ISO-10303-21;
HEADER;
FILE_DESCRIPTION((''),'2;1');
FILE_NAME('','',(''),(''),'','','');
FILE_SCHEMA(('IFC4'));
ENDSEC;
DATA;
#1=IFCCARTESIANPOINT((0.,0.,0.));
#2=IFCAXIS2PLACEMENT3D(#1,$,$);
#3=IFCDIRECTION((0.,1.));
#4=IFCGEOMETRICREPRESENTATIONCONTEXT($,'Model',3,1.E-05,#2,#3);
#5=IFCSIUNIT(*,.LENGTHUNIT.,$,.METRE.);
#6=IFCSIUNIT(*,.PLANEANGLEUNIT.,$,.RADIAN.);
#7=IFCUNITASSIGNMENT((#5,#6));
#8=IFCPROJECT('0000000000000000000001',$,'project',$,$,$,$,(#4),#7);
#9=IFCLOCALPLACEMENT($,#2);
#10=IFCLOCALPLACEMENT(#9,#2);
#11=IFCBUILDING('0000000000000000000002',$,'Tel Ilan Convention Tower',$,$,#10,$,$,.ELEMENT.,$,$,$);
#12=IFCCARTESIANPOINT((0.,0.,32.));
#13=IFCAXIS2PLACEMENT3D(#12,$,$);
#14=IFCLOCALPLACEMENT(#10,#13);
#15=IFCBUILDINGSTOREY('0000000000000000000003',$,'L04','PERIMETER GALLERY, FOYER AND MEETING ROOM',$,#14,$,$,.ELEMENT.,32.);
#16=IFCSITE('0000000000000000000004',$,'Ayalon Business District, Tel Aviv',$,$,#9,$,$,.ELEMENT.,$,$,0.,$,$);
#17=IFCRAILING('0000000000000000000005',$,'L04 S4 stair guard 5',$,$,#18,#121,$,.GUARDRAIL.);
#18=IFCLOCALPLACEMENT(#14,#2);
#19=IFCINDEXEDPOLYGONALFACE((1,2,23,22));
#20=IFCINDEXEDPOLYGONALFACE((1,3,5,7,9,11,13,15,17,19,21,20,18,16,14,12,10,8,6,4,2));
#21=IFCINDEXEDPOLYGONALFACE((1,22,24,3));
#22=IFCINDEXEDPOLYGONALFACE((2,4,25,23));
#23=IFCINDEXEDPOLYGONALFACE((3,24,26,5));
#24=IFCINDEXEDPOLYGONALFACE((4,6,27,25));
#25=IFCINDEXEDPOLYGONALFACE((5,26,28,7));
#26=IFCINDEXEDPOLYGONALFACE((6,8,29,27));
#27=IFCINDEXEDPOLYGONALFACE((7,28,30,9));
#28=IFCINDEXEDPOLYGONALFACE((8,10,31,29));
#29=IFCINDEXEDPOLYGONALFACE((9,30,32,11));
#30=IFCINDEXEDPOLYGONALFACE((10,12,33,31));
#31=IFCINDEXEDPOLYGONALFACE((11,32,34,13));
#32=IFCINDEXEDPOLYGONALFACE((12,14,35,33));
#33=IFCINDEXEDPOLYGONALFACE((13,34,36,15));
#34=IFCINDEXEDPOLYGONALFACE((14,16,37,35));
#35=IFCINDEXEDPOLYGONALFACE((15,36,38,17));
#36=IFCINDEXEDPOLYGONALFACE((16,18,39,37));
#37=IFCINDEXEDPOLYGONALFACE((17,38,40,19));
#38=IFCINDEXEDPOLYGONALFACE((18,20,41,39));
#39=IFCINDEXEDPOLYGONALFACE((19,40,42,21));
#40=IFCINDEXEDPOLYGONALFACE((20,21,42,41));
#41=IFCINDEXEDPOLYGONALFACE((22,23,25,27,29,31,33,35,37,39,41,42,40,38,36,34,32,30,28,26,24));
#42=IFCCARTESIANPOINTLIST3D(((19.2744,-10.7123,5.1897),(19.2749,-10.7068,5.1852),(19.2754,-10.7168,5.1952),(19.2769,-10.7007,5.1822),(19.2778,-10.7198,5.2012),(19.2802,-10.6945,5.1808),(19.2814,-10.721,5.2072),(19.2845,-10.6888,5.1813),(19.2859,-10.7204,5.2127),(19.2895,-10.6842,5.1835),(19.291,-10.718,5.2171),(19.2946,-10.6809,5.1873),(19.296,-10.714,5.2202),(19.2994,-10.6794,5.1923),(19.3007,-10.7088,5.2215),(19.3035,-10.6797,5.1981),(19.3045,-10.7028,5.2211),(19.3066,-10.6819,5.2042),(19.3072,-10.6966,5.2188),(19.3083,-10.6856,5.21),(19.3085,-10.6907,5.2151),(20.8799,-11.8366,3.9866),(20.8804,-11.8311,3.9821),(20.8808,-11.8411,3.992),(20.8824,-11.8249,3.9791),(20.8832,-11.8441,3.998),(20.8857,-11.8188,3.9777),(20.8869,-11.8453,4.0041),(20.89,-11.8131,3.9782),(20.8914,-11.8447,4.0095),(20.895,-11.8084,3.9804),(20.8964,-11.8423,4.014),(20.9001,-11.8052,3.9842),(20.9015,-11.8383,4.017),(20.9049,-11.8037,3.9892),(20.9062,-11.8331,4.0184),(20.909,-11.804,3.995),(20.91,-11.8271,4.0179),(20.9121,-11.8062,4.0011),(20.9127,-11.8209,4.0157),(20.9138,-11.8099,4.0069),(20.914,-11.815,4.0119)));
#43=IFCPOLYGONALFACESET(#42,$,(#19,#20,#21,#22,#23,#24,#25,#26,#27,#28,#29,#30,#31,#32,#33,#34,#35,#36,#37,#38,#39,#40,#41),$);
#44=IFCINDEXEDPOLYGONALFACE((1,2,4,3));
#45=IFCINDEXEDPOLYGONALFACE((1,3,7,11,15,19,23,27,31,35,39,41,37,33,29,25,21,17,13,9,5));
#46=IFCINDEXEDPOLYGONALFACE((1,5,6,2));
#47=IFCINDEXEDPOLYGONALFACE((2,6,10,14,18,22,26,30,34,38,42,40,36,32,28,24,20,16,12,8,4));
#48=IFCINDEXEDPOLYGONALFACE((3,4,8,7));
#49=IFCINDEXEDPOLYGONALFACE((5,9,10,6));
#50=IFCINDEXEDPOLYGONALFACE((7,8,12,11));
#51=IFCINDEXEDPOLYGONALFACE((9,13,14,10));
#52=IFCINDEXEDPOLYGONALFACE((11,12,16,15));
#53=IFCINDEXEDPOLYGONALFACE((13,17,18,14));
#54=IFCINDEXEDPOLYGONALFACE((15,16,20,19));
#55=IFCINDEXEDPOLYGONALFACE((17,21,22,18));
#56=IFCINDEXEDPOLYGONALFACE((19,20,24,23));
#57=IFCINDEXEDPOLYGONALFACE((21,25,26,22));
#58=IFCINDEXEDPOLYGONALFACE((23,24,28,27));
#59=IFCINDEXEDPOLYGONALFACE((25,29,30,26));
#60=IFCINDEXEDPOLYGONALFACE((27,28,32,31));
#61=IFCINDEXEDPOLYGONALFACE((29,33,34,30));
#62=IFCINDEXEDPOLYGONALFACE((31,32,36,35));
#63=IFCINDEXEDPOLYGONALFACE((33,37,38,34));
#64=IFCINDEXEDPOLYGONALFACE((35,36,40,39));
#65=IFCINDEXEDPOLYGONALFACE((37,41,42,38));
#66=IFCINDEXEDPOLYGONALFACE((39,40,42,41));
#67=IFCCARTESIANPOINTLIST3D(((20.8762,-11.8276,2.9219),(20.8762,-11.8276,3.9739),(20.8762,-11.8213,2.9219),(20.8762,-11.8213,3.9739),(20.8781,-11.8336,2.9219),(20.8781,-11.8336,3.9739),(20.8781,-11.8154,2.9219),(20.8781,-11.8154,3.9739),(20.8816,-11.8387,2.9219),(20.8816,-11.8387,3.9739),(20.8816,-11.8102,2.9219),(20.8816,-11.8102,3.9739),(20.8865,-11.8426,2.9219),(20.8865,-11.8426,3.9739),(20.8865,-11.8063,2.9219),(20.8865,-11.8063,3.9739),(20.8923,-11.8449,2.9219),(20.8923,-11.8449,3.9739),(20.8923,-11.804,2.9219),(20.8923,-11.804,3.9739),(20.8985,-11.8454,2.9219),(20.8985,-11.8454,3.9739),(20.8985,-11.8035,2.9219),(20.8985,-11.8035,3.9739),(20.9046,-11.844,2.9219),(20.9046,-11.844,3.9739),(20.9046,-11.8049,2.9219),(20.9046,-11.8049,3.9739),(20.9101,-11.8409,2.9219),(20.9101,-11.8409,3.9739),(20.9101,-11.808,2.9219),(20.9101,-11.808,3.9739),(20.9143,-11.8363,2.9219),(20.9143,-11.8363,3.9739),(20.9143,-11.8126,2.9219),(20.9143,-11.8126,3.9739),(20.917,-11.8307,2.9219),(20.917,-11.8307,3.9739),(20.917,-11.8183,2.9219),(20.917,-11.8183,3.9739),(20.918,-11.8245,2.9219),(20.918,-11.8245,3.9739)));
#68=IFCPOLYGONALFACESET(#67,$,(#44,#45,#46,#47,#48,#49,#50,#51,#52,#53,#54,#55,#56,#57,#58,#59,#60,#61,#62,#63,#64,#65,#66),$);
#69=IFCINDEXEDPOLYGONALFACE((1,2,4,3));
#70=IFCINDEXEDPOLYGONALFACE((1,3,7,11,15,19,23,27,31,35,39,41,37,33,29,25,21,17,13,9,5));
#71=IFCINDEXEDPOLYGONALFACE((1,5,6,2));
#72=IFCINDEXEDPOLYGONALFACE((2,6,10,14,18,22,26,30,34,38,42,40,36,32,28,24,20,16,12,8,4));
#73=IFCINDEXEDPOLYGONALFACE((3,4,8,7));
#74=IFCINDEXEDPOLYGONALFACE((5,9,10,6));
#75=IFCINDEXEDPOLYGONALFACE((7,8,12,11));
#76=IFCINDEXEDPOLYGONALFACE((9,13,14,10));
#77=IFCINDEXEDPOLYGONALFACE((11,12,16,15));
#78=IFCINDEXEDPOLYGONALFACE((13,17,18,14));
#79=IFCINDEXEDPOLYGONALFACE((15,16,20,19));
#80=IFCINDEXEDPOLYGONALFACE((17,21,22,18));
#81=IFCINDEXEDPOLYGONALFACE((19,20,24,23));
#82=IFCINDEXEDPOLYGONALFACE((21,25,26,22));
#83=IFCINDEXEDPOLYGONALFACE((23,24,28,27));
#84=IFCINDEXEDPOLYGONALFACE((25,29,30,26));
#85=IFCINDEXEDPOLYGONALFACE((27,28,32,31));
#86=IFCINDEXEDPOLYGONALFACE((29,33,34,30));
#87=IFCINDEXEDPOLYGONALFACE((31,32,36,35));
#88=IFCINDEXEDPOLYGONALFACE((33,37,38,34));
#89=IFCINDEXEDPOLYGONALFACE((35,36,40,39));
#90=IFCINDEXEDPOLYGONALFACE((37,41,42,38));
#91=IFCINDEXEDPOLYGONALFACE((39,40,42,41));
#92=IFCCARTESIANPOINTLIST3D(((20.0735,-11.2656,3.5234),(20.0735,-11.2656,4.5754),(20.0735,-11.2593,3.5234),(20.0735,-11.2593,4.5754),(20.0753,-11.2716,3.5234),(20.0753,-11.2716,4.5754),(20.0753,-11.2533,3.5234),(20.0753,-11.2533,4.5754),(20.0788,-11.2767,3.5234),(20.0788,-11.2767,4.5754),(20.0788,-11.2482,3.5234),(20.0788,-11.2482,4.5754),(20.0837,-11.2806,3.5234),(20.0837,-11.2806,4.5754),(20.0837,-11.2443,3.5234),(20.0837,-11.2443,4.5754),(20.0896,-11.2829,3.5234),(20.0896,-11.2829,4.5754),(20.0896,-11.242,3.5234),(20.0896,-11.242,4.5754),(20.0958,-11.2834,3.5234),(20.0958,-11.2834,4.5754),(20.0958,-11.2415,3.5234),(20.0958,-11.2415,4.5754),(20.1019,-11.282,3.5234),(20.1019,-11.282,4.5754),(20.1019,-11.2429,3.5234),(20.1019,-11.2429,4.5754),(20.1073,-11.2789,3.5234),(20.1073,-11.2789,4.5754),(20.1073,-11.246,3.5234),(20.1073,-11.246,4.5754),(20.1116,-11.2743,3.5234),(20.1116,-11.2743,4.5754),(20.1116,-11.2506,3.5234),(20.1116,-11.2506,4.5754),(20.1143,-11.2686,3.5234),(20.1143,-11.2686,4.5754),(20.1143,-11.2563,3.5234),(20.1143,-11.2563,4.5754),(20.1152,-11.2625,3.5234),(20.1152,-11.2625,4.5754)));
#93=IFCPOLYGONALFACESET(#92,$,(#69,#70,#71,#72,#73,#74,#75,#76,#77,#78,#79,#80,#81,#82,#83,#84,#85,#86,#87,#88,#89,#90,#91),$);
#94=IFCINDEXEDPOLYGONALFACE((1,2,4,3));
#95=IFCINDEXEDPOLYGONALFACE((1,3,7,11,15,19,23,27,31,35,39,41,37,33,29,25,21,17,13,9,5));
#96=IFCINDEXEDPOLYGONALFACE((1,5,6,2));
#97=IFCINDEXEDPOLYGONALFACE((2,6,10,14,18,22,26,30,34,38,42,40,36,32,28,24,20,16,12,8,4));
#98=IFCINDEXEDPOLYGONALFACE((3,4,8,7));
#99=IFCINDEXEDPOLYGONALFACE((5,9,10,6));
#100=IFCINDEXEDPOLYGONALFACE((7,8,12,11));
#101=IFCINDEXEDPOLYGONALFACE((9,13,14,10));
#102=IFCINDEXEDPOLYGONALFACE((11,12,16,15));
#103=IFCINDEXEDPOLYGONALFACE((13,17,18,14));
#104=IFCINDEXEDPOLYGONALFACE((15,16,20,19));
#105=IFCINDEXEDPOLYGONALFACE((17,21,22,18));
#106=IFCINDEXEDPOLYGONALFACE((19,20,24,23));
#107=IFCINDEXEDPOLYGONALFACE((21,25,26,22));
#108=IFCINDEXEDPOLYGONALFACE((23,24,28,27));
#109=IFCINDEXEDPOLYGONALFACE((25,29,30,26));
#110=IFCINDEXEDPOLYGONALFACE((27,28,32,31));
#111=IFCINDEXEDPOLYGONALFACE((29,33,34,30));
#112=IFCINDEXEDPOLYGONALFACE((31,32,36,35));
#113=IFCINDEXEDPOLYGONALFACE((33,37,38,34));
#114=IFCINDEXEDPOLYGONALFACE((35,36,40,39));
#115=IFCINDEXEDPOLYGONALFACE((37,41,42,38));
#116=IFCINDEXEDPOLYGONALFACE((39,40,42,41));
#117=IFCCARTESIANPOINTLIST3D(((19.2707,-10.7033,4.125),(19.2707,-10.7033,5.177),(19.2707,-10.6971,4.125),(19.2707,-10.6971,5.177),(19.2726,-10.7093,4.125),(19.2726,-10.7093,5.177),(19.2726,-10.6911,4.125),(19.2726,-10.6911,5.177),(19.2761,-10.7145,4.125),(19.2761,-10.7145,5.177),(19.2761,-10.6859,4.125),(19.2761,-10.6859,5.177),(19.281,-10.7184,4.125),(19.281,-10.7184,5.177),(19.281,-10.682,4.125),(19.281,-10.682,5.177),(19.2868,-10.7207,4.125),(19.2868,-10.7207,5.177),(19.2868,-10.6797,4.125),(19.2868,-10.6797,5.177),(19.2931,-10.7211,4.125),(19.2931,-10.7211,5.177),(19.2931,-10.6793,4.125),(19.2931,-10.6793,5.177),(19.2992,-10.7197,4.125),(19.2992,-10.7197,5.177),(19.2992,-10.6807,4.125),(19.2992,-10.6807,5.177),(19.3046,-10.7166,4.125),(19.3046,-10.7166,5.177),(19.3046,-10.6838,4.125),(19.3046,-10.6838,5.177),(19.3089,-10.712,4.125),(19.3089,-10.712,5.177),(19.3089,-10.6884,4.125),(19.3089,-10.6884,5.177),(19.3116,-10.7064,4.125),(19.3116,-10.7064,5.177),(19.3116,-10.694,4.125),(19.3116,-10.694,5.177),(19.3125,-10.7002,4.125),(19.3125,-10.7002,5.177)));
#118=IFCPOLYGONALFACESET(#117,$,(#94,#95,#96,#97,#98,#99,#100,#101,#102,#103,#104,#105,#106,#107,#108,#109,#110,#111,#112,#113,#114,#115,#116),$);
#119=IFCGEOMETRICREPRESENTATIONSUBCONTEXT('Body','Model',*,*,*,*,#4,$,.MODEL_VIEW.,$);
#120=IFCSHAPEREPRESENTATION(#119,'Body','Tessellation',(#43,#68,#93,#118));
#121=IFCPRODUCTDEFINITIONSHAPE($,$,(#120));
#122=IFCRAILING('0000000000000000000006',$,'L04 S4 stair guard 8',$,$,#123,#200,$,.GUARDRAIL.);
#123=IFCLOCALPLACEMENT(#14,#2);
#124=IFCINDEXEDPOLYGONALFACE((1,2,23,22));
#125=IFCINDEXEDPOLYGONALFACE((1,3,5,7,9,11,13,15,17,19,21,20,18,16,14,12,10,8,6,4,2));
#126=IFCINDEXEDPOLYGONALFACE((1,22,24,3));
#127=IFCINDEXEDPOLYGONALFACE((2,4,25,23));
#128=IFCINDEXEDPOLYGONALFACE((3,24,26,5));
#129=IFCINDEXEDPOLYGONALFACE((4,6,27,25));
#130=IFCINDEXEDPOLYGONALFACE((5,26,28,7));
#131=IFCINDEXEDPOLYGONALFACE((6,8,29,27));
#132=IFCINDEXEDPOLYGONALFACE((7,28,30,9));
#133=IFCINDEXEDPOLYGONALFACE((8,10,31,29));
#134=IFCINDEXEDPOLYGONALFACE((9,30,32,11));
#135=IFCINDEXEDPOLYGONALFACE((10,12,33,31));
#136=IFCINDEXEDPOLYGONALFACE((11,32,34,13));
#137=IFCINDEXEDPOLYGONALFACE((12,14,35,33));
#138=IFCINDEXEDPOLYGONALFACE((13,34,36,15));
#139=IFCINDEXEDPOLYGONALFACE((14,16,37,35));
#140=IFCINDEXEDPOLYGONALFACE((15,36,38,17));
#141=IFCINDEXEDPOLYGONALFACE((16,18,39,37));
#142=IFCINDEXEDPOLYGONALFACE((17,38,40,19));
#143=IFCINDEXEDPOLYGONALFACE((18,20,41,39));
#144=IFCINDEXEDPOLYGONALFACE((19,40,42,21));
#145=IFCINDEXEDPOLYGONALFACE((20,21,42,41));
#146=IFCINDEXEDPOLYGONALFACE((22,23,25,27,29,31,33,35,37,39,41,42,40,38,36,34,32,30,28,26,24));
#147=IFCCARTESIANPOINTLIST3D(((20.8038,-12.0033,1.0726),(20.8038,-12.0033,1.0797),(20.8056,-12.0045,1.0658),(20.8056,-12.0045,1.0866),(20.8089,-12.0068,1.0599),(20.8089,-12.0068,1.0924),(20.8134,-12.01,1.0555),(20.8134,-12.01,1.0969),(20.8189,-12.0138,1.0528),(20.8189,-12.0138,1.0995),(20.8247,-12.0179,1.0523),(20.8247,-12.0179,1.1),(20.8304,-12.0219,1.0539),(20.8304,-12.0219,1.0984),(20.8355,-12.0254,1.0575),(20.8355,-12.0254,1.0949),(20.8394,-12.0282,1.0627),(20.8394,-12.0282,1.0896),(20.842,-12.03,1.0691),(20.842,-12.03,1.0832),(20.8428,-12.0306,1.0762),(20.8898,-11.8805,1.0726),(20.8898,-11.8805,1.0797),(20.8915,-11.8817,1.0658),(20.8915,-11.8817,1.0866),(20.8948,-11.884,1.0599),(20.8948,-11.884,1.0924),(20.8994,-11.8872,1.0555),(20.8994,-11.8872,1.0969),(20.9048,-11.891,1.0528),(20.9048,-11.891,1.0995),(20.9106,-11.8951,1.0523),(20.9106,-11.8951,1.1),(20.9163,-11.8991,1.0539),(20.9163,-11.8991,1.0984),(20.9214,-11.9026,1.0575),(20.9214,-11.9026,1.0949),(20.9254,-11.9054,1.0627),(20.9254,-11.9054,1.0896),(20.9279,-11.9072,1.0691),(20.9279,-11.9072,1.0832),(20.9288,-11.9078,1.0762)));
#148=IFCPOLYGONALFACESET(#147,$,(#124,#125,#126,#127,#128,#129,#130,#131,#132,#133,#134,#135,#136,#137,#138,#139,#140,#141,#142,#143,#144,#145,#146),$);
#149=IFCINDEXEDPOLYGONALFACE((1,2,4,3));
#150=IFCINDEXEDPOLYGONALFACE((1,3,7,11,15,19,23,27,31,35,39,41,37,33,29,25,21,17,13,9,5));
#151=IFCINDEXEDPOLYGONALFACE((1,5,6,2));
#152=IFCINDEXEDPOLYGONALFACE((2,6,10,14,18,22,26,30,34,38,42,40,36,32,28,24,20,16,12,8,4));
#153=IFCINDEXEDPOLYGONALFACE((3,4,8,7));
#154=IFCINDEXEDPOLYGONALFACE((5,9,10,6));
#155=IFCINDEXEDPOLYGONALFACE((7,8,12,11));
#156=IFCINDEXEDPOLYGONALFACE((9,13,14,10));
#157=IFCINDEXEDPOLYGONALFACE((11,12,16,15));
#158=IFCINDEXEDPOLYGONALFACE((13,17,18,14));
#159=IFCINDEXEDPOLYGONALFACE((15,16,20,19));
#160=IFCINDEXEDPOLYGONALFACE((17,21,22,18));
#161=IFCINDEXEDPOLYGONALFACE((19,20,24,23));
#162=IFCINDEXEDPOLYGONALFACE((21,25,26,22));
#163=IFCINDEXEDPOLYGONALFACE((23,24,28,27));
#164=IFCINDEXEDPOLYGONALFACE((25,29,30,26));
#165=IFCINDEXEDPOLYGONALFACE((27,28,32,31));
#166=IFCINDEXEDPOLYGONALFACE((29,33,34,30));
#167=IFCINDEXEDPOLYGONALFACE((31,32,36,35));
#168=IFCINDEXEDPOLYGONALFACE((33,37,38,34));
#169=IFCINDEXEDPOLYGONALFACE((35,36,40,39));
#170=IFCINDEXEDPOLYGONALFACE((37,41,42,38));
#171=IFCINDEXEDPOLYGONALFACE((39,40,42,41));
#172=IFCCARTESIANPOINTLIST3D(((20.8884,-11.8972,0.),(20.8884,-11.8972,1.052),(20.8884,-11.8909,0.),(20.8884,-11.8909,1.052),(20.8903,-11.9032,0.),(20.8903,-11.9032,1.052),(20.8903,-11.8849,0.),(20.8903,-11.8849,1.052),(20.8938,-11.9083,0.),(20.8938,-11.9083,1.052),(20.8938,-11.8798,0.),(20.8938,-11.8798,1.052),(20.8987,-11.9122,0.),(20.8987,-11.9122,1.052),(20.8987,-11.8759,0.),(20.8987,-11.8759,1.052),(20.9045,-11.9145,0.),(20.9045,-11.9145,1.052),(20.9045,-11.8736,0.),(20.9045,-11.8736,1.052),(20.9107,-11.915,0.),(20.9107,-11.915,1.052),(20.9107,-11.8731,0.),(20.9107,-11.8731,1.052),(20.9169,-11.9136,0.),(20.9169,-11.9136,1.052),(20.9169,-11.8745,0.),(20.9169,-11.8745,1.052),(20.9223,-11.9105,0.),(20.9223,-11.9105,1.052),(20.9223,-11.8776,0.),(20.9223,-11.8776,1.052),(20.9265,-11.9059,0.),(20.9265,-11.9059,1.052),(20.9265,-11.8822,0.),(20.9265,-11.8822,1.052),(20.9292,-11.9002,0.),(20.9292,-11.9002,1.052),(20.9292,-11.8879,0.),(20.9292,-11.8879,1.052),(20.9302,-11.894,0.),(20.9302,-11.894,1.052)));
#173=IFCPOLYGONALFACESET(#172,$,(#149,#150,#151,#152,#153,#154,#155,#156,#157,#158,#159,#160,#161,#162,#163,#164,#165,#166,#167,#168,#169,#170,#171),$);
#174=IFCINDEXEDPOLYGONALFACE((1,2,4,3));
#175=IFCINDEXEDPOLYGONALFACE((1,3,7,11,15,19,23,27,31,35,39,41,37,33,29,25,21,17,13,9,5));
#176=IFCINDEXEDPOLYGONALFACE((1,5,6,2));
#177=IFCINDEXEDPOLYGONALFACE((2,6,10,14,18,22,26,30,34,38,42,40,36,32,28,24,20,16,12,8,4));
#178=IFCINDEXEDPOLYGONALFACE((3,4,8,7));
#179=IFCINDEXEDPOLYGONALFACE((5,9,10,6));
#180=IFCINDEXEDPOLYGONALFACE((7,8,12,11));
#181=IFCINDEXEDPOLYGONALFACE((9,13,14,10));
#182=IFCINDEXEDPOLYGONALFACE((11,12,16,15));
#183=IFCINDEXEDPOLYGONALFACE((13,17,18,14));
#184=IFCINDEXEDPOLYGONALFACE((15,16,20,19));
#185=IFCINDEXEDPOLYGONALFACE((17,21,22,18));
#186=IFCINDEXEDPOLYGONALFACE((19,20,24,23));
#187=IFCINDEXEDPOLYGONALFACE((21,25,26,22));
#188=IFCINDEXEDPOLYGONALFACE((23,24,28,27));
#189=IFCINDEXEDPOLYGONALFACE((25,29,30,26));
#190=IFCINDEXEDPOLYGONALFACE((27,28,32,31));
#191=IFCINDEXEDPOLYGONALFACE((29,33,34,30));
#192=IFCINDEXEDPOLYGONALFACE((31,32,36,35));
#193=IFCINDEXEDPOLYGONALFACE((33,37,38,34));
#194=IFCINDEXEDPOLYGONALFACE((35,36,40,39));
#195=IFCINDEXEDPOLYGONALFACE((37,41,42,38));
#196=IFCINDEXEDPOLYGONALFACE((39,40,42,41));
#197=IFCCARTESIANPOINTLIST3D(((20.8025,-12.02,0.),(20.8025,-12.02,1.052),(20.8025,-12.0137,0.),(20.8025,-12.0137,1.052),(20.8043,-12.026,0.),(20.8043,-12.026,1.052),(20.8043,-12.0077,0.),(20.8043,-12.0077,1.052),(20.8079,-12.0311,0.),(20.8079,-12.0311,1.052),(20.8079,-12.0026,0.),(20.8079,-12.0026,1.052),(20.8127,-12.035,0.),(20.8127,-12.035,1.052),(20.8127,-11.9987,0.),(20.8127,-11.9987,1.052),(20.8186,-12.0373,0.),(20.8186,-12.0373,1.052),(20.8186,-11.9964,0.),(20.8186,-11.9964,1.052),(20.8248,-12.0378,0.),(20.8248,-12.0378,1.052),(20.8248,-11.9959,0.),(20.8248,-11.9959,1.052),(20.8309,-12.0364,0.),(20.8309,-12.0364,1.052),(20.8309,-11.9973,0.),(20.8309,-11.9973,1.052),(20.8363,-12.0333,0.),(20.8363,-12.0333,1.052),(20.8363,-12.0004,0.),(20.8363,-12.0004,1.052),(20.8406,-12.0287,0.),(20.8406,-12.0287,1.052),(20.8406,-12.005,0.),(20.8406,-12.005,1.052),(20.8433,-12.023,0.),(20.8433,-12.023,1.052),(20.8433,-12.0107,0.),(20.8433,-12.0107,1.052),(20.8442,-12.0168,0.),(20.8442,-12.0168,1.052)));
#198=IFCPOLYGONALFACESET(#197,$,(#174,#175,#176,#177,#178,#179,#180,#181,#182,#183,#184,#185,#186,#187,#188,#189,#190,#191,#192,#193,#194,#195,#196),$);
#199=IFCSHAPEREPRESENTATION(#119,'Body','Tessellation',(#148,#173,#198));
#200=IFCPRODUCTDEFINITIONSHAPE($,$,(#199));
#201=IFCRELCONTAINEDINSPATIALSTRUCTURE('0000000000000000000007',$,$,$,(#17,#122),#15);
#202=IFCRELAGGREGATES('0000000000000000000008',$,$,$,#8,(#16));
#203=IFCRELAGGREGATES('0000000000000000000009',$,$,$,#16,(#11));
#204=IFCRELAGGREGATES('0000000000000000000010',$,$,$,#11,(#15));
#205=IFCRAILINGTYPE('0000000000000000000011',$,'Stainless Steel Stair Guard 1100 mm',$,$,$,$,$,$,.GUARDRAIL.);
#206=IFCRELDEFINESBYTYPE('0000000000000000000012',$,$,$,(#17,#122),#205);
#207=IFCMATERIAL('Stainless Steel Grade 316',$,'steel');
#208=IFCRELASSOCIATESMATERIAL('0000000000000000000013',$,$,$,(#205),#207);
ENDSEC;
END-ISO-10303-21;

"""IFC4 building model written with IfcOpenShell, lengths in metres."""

from ifc_helpers import new_model, si_unit, direction, frame, origin, origin_2d, place, context, subcontext, project, spatial, circle, extrude, material, type_object, element, save


model = new_model("IFC4")

# Units and contexts
model_context = context("Model", 3, precision=1e-05, world=origin(), true_north=direction((0.0, 1.0)))
body_context = subcontext(model_context, "Body", "Model", "MODEL_VIEW")
ifc_project = project(units=[si_unit("LENGTHUNIT", "METRE"), si_unit("PLANEANGLEUNIT", "RADIAN")], contexts=[model_context])

# Site, building, storey
site_placement = place(None, origin())
site = spatial("IfcSite", under=ifc_project, at=site_placement, Name="Ayalon Business District, Tel Aviv", CompositionType="ELEMENT", RefElevation=0.0)
building_placement = place(site_placement, origin())
building = spatial("IfcBuilding", under=site, at=building_placement, Name="Tel Ilan Convention Tower", CompositionType="ELEMENT")
storey_placement = place(building_placement, frame((0.0, 0.0, 32.0)))
storey = spatial("IfcBuildingStorey", under=building, at=storey_placement, Name="L04", Description="PERIMETER GALLERY, FOYER AND MEETING ROOM", CompositionType="ELEMENT", Elevation=32.0)

# Railings
ifc_material_1 = material(Name="Stainless Steel Grade 316", Category="steel")
railing_type_1 = type_object("IfcRailingType", Name="Stainless Steel Stair Guard 1100 mm", PredefinedType="GUARDRAIL", material=ifc_material_1)
railing_1_placement = place(storey_placement, frame((20.897, -11.8245, 2.9219)))
element("IfcRailing", 1, at=railing_1_placement, inside=storey, type_object=railing_type_1, Name="L04 S4 stair guard 5", PredefinedType="GUARDRAIL", context=body_context, shape_type="SweptSolid", body=[
    extrude(circle(Radius=0.0239, at=origin_2d()), frame((0.0, 0.0, 1.0762), z_axis=(-0.698095, 0.488857, 0.523146), x_axis=(-0.573613, -0.819127, 0.0)), (0.0, 0.0, 1.0), 2.2998),
    extrude(circle(Radius=0.021, at=origin_2d()), origin(), (0.0, 0.0, 1.0), 1.052),
    extrude(circle(Radius=0.021, at=origin_2d()), frame((-0.8027, 0.562, 0.6016)), (0.0, 0.0, 1.0), 1.052),
    extrude(circle(Radius=0.021, at=origin_2d()), frame((-1.6055, 1.1243, 1.2031)), (0.0, 0.0, 1.0), 1.052),
])
railing_2_placement = place(storey_placement, frame((20.9092, -11.894, 0.0)))
element("IfcRailing", 2, at=railing_2_placement, inside=storey, type_object=railing_type_1, Name="L04 S4 stair guard 8", PredefinedType="GUARDRAIL", context=body_context, shape_type="SweptSolid", body=[
    extrude(circle(Radius=0.0239, at=origin_2d()), frame((0.0, 0.0, 1.0762), z_axis=(-0.573353, -0.819308, 0.0), x_axis=(0.819308, -0.573353, 0.0)), (0.0, 0.0, 1.0), 0.1499),
    extrude(circle(Radius=0.021, at=origin_2d()), origin(), (0.0, 0.0, 1.0), 1.052),
    extrude(circle(Radius=0.021, at=origin_2d()), frame((-0.0859, -0.1228, 0.0)), (0.0, 0.0, 1.0), 1.052),
])

save(model, "model.ifc")
